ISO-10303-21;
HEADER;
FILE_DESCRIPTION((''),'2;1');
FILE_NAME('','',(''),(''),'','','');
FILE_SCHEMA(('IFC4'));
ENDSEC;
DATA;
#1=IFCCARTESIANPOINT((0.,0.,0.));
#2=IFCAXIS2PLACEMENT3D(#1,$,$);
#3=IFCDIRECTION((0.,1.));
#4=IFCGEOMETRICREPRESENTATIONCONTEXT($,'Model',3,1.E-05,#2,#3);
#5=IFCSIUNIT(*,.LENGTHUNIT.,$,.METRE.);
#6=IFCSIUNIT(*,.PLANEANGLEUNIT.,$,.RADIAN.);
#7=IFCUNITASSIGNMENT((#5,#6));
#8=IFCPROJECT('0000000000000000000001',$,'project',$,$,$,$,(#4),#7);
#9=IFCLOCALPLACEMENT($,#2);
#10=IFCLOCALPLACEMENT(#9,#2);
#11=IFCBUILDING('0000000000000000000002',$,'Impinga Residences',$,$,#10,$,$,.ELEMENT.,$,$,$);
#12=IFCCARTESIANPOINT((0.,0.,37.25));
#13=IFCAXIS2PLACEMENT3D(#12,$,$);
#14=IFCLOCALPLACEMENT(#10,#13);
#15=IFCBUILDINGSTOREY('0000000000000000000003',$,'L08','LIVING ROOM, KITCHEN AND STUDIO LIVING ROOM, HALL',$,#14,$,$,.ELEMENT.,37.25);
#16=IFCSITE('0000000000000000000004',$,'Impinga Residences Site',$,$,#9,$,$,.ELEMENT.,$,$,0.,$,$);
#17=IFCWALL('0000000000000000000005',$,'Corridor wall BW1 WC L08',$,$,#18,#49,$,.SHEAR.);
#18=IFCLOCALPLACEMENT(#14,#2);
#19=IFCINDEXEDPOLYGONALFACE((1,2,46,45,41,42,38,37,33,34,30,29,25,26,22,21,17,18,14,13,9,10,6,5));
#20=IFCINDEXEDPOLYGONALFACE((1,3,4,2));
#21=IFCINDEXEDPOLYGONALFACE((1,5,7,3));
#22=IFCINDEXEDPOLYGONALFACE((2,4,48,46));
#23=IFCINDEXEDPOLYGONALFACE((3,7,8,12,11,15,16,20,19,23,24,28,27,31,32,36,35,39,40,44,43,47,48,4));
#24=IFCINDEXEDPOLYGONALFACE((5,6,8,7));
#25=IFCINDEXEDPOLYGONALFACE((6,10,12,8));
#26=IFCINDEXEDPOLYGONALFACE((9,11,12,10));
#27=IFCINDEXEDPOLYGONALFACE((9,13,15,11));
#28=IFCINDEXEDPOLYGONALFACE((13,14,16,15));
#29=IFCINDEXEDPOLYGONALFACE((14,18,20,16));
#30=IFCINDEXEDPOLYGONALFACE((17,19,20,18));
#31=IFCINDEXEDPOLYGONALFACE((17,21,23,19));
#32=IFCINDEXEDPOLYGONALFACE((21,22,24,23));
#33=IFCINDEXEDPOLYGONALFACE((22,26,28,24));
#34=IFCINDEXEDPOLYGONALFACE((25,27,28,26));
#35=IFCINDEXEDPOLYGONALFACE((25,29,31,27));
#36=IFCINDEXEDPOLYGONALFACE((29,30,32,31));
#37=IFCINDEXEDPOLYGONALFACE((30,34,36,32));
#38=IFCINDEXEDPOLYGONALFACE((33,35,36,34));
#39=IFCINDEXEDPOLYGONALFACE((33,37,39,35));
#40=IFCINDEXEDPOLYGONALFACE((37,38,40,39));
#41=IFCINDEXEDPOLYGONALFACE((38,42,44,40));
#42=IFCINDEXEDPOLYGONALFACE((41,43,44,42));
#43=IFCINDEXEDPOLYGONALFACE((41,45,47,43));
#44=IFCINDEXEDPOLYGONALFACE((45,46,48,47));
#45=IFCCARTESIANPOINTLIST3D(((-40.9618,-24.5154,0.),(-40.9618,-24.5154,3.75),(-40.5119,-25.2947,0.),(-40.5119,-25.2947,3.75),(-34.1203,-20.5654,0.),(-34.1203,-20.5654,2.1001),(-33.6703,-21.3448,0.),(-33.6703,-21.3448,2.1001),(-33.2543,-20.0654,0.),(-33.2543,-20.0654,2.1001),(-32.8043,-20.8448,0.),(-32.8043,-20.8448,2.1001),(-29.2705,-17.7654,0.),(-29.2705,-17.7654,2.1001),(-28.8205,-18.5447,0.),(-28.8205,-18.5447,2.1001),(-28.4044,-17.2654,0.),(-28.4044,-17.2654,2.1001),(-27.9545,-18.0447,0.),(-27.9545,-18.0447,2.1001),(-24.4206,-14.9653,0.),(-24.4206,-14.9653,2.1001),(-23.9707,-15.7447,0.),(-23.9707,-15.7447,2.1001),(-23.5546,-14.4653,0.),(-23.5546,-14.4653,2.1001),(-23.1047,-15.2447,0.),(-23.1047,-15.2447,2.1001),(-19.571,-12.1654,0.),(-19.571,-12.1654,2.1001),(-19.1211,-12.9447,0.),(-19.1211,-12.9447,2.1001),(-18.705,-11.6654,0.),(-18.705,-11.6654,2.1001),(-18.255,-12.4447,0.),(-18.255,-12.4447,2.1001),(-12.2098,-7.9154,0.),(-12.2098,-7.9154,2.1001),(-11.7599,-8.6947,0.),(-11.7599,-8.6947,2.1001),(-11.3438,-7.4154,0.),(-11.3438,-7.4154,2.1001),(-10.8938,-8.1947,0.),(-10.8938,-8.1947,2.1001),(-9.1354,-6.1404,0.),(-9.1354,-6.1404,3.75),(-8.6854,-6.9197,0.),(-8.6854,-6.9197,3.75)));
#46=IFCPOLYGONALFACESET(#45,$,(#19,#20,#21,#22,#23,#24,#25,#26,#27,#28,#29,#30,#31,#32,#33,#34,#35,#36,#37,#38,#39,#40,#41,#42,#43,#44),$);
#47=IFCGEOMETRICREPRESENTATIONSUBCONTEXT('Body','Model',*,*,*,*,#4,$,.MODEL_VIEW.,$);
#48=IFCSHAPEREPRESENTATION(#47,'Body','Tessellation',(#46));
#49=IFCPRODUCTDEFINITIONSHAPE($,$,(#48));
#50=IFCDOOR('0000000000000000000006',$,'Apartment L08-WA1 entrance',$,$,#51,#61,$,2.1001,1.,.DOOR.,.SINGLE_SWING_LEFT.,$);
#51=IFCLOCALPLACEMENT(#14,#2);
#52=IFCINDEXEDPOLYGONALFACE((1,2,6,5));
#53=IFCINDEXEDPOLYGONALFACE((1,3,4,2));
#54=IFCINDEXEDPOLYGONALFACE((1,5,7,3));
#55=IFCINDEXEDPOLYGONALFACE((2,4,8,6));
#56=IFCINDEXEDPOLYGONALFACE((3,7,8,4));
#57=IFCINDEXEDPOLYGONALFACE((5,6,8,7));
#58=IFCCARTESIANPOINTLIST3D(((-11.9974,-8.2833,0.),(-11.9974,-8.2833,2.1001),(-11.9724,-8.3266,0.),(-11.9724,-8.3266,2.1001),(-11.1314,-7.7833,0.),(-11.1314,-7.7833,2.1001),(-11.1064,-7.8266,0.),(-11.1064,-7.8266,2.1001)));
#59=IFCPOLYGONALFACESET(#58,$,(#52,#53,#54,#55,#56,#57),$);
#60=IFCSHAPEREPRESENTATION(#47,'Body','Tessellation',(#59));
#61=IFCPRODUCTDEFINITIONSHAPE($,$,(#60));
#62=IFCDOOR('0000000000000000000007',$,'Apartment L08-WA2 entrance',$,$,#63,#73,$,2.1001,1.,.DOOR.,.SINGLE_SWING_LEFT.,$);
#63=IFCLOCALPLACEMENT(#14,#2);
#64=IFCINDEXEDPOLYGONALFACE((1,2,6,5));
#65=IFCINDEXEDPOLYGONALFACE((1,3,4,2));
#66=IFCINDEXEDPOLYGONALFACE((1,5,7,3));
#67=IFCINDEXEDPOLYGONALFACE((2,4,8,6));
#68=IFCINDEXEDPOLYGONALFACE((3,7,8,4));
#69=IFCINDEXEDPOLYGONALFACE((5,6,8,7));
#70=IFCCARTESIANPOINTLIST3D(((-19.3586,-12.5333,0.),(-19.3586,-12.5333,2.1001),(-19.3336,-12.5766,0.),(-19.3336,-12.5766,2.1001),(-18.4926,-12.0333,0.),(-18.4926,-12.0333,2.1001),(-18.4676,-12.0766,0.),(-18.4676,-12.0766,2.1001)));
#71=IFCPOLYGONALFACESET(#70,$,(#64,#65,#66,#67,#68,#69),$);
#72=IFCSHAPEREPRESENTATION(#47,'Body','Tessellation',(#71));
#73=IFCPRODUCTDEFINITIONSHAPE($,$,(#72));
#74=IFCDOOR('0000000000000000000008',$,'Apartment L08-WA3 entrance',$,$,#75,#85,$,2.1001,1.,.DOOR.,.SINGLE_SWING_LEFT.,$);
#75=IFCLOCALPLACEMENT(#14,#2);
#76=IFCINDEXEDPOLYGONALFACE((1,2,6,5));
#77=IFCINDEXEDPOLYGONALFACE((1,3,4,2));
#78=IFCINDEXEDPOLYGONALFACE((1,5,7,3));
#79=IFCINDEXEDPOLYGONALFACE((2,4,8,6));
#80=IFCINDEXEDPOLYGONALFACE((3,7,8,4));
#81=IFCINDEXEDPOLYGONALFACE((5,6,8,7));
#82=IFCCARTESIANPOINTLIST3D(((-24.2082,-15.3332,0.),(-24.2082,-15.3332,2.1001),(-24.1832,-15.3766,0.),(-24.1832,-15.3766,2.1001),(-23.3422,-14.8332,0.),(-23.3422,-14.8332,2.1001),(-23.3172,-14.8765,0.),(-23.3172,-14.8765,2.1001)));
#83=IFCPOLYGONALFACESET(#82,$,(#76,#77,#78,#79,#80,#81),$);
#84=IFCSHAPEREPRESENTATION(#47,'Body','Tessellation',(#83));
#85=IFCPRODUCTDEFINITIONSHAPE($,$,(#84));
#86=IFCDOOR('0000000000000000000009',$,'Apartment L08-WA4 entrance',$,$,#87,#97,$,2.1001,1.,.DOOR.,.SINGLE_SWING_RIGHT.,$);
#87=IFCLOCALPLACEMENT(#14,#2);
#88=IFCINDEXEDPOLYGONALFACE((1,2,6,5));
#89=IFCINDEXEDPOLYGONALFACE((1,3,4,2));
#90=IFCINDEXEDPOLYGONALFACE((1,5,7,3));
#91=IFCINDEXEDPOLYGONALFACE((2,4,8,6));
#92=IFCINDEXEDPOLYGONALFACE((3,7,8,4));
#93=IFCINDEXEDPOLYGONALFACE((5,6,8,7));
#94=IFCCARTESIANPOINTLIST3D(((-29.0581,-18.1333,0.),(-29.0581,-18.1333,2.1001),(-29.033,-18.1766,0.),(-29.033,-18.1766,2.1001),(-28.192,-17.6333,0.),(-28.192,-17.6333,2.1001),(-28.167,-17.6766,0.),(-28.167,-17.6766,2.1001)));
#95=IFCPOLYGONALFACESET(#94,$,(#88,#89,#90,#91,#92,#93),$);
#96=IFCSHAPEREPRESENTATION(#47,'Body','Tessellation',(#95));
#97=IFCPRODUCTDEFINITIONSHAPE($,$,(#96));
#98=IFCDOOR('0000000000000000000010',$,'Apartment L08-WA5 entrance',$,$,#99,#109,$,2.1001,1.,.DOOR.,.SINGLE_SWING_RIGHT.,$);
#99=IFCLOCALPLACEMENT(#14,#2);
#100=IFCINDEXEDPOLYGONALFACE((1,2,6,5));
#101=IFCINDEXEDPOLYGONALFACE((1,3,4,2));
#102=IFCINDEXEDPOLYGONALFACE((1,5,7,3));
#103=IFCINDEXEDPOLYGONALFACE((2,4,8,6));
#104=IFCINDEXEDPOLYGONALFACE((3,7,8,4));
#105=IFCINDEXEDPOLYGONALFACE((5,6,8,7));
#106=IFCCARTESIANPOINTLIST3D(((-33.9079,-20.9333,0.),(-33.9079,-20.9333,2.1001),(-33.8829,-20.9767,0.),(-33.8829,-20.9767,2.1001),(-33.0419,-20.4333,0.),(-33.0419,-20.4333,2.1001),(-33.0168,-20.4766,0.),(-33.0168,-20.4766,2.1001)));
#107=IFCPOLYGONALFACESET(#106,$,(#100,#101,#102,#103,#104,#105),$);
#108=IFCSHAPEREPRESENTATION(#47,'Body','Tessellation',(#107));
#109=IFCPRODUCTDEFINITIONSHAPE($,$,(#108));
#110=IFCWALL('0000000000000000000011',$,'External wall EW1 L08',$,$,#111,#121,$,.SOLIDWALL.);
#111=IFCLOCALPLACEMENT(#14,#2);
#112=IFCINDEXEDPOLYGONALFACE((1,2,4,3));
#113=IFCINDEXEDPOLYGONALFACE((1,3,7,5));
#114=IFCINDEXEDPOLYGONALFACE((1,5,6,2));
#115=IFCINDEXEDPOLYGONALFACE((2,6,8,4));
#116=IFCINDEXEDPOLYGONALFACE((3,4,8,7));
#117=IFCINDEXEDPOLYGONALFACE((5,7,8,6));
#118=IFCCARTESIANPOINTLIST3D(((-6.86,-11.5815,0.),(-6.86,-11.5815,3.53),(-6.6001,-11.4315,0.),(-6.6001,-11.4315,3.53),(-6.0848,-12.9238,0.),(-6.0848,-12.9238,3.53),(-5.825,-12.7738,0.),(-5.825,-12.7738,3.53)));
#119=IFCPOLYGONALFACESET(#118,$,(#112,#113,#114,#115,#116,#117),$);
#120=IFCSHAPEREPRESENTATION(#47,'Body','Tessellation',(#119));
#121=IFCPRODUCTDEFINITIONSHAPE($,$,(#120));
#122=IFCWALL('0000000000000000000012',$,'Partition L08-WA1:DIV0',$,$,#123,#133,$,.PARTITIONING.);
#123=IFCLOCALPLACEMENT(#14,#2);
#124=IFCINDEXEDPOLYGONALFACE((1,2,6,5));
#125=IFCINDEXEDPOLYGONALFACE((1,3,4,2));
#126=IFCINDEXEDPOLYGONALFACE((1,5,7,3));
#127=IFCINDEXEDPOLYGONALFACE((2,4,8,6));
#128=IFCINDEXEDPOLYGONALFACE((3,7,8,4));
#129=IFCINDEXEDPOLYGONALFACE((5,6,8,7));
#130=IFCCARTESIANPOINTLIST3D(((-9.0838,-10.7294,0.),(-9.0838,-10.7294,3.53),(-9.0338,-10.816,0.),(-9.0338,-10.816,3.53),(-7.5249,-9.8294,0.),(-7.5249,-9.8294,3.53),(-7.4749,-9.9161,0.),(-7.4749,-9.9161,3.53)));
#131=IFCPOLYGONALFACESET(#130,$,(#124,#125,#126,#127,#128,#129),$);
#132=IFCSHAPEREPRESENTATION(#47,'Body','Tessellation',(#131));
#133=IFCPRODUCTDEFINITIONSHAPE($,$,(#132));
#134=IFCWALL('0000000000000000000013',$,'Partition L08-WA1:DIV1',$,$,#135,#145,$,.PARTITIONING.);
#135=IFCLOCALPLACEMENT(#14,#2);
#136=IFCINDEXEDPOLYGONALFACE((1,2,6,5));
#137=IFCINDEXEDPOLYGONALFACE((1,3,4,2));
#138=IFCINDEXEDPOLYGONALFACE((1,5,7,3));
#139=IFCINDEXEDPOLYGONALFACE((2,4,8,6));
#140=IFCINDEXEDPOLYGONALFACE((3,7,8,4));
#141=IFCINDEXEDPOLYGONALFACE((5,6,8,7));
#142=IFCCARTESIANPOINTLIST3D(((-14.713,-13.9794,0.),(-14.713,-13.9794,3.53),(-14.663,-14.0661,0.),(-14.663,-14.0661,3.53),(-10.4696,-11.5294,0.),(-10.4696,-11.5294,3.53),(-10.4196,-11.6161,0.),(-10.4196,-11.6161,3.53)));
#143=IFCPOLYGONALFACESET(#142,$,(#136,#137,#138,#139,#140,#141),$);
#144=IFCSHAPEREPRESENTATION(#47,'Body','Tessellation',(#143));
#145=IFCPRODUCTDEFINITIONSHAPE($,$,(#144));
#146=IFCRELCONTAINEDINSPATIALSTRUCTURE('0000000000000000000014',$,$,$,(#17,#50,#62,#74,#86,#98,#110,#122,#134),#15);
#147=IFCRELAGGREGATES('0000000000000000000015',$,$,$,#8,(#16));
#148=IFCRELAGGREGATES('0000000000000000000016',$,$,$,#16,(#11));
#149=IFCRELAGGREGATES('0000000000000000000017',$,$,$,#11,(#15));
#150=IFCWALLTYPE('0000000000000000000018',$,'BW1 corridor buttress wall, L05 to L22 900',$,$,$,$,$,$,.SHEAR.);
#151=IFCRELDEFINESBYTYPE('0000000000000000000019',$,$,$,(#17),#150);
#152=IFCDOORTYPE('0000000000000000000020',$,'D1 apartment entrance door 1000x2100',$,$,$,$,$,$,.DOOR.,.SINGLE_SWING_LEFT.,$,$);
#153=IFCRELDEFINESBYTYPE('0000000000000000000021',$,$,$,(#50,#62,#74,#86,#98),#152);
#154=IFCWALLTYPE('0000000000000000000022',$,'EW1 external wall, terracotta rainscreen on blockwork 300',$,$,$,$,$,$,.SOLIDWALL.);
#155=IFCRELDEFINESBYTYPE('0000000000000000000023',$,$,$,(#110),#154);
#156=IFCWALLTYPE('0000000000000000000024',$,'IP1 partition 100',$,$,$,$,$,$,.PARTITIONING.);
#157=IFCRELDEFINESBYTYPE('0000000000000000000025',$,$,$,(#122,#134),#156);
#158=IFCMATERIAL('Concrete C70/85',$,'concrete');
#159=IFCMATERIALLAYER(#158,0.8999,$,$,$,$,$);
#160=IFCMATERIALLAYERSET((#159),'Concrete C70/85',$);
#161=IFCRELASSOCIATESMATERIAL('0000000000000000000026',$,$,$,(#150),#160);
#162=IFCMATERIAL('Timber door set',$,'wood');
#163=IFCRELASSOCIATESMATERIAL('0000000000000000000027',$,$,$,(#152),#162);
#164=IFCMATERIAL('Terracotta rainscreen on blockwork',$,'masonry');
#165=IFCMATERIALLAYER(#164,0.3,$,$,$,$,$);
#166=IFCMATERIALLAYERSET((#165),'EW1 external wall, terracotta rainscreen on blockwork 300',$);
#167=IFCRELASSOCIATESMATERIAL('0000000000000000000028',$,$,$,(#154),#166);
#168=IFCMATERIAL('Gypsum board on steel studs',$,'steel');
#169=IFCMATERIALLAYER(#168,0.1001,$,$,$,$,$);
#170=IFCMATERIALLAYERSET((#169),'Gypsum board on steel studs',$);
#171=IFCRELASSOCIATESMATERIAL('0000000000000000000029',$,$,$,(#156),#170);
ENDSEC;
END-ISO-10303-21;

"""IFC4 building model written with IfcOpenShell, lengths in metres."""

from ifc_helpers import new_model, si_unit, direction, frame, frame_2d, origin, place, context, subcontext, project, spatial, rectangle, extrude, material, layer, layer_set, type_object, element, fill, save


model = new_model("IFC4")

# Units and contexts
model_context = context("Model", 3, precision=1e-05, world=origin(), true_north=direction((0.0, 1.0)))
body_context = subcontext(model_context, "Body", "Model", "MODEL_VIEW")
ifc_project = project(units=[si_unit("LENGTHUNIT", "METRE"), si_unit("PLANEANGLEUNIT", "RADIAN")], contexts=[model_context])

# Site, building, storey
site_placement = place(None, origin())
site = spatial("IfcSite", under=ifc_project, at=site_placement, Name="Impinga Residences Site", CompositionType="ELEMENT", RefElevation=0.0)
building_placement = place(site_placement, origin())
building = spatial("IfcBuilding", under=site, at=building_placement, Name="Impinga Residences", CompositionType="ELEMENT")
storey_placement = place(building_placement, frame((0.0, 0.0, 37.25)))
storey = spatial("IfcBuildingStorey", under=building, at=storey_placement, Name="L08", Description="LIVING ROOM, KITCHEN AND STUDIO LIVING ROOM, HALL", CompositionType="ELEMENT", Elevation=37.25)

# Wall, openings, doors
ifc_material_1 = material(Name="Concrete C70/85", Category="concrete")
ifc_layer_1 = layer(ifc_material_1, 0.8999)
ifc_layer_set_1 = layer_set([ifc_layer_1], Name="Concrete C70/85")
wall_type_1 = type_object("IfcWallType", Name="BW1 corridor buttress wall, L05 to L22 900", PredefinedType="SHEAR", material=ifc_layer_set_1)
wall_1_placement = place(storey_placement, frame((-8.9104, -6.53, 0.0), z_axis=(0.0, 0.0, 1.0), x_axis=(-0.866025, -0.5, 0.0)))
wall_1 = element("IfcWall", 1, at=wall_1_placement, inside=storey, type_object=wall_type_1, Name="Corridor wall BW1 WC L08", PredefinedType="SHEAR", context=body_context, shape_type="SweptSolid", body=[
    extrude(rectangle(XDim=36.75, YDim=0.8999, at=frame_2d((18.375, 0.0))), origin(), (0.0, 0.0, 1.0), 3.75),
])
opening_1_placement = place(wall_1_placement, frame((2.55, 0.0, 0.0)))
opening_1 = element("IfcOpeningElement", 2, at=opening_1_placement, cuts=wall_1, PredefinedType="OPENING", context=body_context, shape_type="SweptSolid", body=[
    extrude(rectangle(XDim=1.0, YDim=2.1001, at=frame_2d((0.5, 1.05))), frame((0.0, 0.46, 0.0), z_axis=(0.0, -1.0, 0.0), x_axis=(1.0, 0.0, 0.0)), (0.0, 0.0, 1.0), 0.9199),
])
opening_2_placement = place(wall_1_placement, frame((11.05, 0.0, 0.0)))
opening_2 = element("IfcOpeningElement", 3, at=opening_2_placement, cuts=wall_1, PredefinedType="OPENING", context=body_context, shape_type="SweptSolid", body=[
    extrude(rectangle(XDim=1.0, YDim=2.1001, at=frame_2d((0.5, 1.05))), frame((0.0, 0.46, 0.0), z_axis=(0.0, -1.0, 0.0), x_axis=(1.0, 0.0, 0.0)), (0.0, 0.0, 1.0), 0.9199),
])
opening_3_placement = place(wall_1_placement, frame((16.6499, 0.0, 0.0)))
opening_3 = element("IfcOpeningElement", 4, at=opening_3_placement, cuts=wall_1, PredefinedType="OPENING", context=body_context, shape_type="SweptSolid", body=[
    extrude(rectangle(XDim=1.0, YDim=2.1001, at=frame_2d((0.5, 1.05))), frame((0.0, 0.46, 0.0), z_axis=(0.0, -1.0, 0.0), x_axis=(1.0, 0.0, 0.0)), (0.0, 0.0, 1.0), 0.9199),
])
opening_4_placement = place(wall_1_placement, frame((22.25, 0.0, 0.0)))
opening_4 = element("IfcOpeningElement", 5, at=opening_4_placement, cuts=wall_1, PredefinedType="OPENING", context=body_context, shape_type="SweptSolid", body=[
    extrude(rectangle(XDim=1.0, YDim=2.1001, at=frame_2d((0.5, 1.05))), frame((0.0, 0.46, 0.0), z_axis=(0.0, -1.0, 0.0), x_axis=(1.0, 0.0, 0.0)), (0.0, 0.0, 1.0), 0.9199),
])
opening_5_placement = place(wall_1_placement, frame((27.8501, 0.0, 0.0)))
opening_5 = element("IfcOpeningElement", 6, at=opening_5_placement, cuts=wall_1, PredefinedType="OPENING", context=body_context, shape_type="SweptSolid", body=[
    extrude(rectangle(XDim=1.0, YDim=2.1001, at=frame_2d((0.5, 1.05))), frame((0.0, 0.46, 0.0), z_axis=(0.0, -1.0, 0.0), x_axis=(1.0, 0.0, 0.0)), (0.0, 0.0, 1.0), 0.9199),
])
ifc_material_2 = material(Name="Timber door set", Category="wood")
door_type_1 = type_object("IfcDoorType", Name="D1 apartment entrance door 1000x2100", OperationType="SINGLE_SWING_LEFT", PredefinedType="DOOR", material=ifc_material_2)
door_1_placement = place(opening_1_placement, origin())
door_1 = element("IfcDoor", 7, at=door_1_placement, inside=storey, type_object=door_type_1, Name="Apartment L08-WA1 entrance", OperationType="SINGLE_SWING_LEFT", OverallHeight=2.1001, OverallWidth=1.0, PredefinedType="DOOR", context=body_context, shape_type="SweptSolid", body=[
    extrude(rectangle(XDim=1.0, YDim=2.1001, at=frame_2d((0.5, 1.05))), frame((0.0, 0.0249, 0.0), z_axis=(0.0, -1.0, 0.0), x_axis=(1.0, 0.0, 0.0)), (0.0, 0.0, 1.0), 0.05),
])
fill(opening_1, door_1)
door_2_placement = place(opening_2_placement, origin())
door_2 = element("IfcDoor", 8, at=door_2_placement, inside=storey, type_object=door_type_1, Name="Apartment L08-WA2 entrance", OperationType="SINGLE_SWING_LEFT", OverallHeight=2.1001, OverallWidth=1.0, PredefinedType="DOOR", context=body_context, shape_type="SweptSolid", body=[
    extrude(rectangle(XDim=1.0, YDim=2.1001, at=frame_2d((0.5, 1.05))), frame((0.0, 0.0249, 0.0), z_axis=(0.0, -1.0, 0.0), x_axis=(1.0, 0.0, 0.0)), (0.0, 0.0, 1.0), 0.05),
])
fill(opening_2, door_2)
door_3_placement = place(opening_3_placement, origin())
door_3 = element("IfcDoor", 9, at=door_3_placement, inside=storey, type_object=door_type_1, Name="Apartment L08-WA3 entrance", OperationType="SINGLE_SWING_LEFT", OverallHeight=2.1001, OverallWidth=1.0, PredefinedType="DOOR", context=body_context, shape_type="SweptSolid", body=[
    extrude(rectangle(XDim=1.0, YDim=2.1001, at=frame_2d((0.5, 1.05))), frame((0.0, 0.0249, 0.0), z_axis=(0.0, -1.0, 0.0), x_axis=(1.0, 0.0, 0.0)), (0.0, 0.0, 1.0), 0.05),
])
fill(opening_3, door_3)
door_4_placement = place(opening_4_placement, origin())
door_4 = element("IfcDoor", 10, at=door_4_placement, inside=storey, type_object=door_type_1, Name="Apartment L08-WA4 entrance", OperationType="SINGLE_SWING_RIGHT", OverallHeight=2.1001, OverallWidth=1.0, PredefinedType="DOOR", context=body_context, shape_type="SweptSolid", body=[
    extrude(rectangle(XDim=1.0, YDim=2.1001, at=frame_2d((0.5, 1.05))), frame((0.0, 0.0249, 0.0), z_axis=(0.0, -1.0, 0.0), x_axis=(1.0, 0.0, 0.0)), (0.0, 0.0, 1.0), 0.05),
])
fill(opening_4, door_4)
door_5_placement = place(opening_5_placement, origin())
door_5 = element("IfcDoor", 11, at=door_5_placement, inside=storey, type_object=door_type_1, Name="Apartment L08-WA5 entrance", OperationType="SINGLE_SWING_RIGHT", OverallHeight=2.1001, OverallWidth=1.0, PredefinedType="DOOR", context=body_context, shape_type="SweptSolid", body=[
    extrude(rectangle(XDim=1.0, YDim=2.1001, at=frame_2d((0.5, 1.05))), frame((0.0, 0.0249, 0.0), z_axis=(0.0, -1.0, 0.0), x_axis=(1.0, 0.0, 0.0)), (0.0, 0.0, 1.0), 0.05),
])
fill(opening_5, door_5)

# Walls
ifc_material_3 = material(Name="Terracotta rainscreen on blockwork", Category="masonry")
ifc_layer_2 = layer(ifc_material_3, 0.3)
ifc_layer_set_2 = layer_set([ifc_layer_2], Name="EW1 external wall, terracotta rainscreen on blockwork 300")
wall_type_2 = type_object("IfcWallType", Name="EW1 external wall, terracotta rainscreen on blockwork 300", PredefinedType="SOLIDWALL", material=ifc_layer_set_2)
wall_2_placement = place(storey_placement, frame((-6.73, -11.5066, 0.0), z_axis=(0.0, 0.0, 1.0), x_axis=(0.500086, -0.865976, 0.0)))
element("IfcWall", 12, at=wall_2_placement, inside=storey, type_object=wall_type_2, Name="External wall EW1 L08", PredefinedType="SOLIDWALL", context=body_context, shape_type="SweptSolid", body=[
    extrude(rectangle(XDim=1.55, YDim=0.3, at=frame_2d((0.7749, 0.0))), origin(), (0.0, 0.0, 1.0), 3.53),
])
ifc_material_4 = material(Name="Gypsum board on steel studs", Category="steel")
ifc_layer_3 = layer(ifc_material_4, 0.1001)
ifc_layer_set_3 = layer_set([ifc_layer_3], Name="Gypsum board on steel studs")
wall_type_3 = type_object("IfcWallType", Name="IP1 partition 100", PredefinedType="PARTITIONING", material=ifc_layer_set_3)
wall_3_placement = place(storey_placement, frame((-7.5, -9.8728, 0.0), z_axis=(0.0, 0.0, 1.0), x_axis=(-0.866048, -0.499961, 0.0)))
element("IfcWall", 13, at=wall_3_placement, inside=storey, type_object=wall_type_3, Name="Partition L08-WA1:DIV0", PredefinedType="PARTITIONING", context=body_context, shape_type="SweptSolid", body=[
    extrude(rectangle(XDim=1.8, YDim=0.1001, at=frame_2d((0.8999, 0.0))), origin(), (0.0, 0.0, 1.0), 3.53),
])
wall_4_placement = place(storey_placement, frame((-10.4446, -11.5728, 0.0), z_axis=(0.0, 0.0, 1.0), x_axis=(-0.866024, -0.500003, 0.0)))
element("IfcWall", 14, at=wall_4_placement, inside=storey, type_object=wall_type_3, Name="Partition L08-WA1:DIV1", PredefinedType="PARTITIONING", context=body_context, shape_type="SweptSolid", body=[
    extrude(rectangle(XDim=4.8999, YDim=0.1001, at=frame_2d((2.45, 0.0))), origin(), (0.0, 0.0, 1.0), 3.53),
])

save(model, "model.ifc")
